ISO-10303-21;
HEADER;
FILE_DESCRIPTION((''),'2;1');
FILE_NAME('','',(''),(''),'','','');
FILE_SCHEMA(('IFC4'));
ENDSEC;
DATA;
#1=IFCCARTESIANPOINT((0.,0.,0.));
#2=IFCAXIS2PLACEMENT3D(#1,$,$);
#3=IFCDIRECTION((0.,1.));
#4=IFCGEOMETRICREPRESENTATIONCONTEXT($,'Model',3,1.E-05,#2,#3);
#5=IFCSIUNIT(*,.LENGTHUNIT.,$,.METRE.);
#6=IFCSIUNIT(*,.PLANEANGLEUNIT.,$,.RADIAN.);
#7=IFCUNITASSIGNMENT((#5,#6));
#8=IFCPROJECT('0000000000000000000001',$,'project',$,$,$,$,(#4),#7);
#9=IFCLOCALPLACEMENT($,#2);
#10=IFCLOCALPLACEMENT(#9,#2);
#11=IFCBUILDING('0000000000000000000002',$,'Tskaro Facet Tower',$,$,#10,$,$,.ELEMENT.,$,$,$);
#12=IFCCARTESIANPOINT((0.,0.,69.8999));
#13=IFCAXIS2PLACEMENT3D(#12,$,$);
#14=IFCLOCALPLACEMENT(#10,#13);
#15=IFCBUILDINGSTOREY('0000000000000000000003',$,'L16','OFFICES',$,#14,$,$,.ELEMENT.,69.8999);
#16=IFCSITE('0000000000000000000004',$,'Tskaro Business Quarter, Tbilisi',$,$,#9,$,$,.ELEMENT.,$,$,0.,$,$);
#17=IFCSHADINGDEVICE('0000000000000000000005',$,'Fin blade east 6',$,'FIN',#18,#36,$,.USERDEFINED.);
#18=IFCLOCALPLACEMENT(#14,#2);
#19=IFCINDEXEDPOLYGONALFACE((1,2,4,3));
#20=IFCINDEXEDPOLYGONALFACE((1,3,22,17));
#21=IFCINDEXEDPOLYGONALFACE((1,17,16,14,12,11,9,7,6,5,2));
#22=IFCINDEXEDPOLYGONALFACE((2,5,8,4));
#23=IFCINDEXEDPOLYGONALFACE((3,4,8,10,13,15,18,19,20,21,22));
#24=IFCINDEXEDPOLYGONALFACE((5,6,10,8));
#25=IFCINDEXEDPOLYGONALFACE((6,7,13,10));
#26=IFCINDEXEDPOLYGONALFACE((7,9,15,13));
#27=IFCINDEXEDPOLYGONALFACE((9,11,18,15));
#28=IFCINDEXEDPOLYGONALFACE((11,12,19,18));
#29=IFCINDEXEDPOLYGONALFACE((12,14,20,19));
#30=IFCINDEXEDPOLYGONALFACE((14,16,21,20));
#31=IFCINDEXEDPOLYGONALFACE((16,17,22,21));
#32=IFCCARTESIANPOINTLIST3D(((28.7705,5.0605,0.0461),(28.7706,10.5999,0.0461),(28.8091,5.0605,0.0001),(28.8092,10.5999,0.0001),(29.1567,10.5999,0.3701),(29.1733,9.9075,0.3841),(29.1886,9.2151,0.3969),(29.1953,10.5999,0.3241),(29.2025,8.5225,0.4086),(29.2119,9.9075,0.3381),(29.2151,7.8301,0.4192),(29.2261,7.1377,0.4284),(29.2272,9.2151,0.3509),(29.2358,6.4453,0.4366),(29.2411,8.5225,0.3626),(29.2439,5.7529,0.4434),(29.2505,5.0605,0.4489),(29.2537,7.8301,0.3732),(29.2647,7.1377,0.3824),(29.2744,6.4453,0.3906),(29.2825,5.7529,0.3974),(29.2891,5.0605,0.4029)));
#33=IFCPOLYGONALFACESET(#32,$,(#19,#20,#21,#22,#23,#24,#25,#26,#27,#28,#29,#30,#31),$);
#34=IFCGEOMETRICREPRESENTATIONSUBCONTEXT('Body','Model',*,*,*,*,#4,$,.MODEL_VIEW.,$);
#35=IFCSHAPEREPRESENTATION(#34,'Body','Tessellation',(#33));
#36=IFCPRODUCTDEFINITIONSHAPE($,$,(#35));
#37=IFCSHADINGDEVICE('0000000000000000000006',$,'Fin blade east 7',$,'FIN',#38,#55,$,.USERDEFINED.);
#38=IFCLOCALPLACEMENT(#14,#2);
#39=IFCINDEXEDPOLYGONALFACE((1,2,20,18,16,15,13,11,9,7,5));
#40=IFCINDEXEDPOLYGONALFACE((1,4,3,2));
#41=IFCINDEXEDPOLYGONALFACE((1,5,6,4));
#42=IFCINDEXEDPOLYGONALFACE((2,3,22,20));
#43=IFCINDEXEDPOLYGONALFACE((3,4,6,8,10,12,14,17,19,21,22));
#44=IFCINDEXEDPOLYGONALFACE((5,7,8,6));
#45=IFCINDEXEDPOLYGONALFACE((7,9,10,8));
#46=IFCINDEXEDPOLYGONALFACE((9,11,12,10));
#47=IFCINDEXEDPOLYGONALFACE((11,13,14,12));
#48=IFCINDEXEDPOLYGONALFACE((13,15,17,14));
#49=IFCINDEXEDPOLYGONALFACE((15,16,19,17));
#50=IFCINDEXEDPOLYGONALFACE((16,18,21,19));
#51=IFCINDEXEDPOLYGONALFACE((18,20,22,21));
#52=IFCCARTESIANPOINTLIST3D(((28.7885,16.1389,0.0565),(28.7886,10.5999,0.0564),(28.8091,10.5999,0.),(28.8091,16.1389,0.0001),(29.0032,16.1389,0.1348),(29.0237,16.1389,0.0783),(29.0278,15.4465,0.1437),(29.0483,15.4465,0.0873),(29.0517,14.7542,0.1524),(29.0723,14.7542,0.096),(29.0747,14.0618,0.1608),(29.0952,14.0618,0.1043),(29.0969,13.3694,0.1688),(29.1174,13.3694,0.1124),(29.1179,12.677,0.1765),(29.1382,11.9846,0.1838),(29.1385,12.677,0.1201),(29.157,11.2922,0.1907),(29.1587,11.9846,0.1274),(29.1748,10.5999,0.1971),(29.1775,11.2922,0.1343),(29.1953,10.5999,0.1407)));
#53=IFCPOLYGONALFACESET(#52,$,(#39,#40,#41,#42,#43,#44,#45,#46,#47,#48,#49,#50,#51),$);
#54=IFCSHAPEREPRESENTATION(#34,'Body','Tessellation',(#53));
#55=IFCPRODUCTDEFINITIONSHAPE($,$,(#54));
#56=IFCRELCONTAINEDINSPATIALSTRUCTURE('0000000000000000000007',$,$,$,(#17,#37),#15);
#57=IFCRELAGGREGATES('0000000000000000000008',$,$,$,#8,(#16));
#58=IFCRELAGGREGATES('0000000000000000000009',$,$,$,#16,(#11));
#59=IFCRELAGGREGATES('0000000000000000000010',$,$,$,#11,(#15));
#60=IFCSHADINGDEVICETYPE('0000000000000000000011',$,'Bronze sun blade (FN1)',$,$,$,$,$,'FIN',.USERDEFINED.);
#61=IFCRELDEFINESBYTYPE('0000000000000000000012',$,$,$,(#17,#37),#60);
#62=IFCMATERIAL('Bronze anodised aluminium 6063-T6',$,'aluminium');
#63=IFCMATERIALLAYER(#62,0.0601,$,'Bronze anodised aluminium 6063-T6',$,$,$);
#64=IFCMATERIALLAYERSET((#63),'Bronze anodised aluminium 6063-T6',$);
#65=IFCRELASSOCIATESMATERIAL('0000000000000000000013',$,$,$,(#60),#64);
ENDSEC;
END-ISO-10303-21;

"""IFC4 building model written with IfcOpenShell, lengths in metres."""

from ifc_helpers import new_model, si_unit, direction, frame, origin, place, context, subcontext, project, spatial, polyline, outline, extrude, material, layer, layer_set, type_object, element, save


model = new_model("IFC4")

# Units and contexts
model_context = context("Model", 3, precision=1e-05, world=origin(), true_north=direction((0.0, 1.0)))
body_context = subcontext(model_context, "Body", "Model", "MODEL_VIEW")
ifc_project = project(units=[si_unit("LENGTHUNIT", "METRE"), si_unit("PLANEANGLEUNIT", "RADIAN")], contexts=[model_context])

# Site, building, storey
site_placement = place(None, origin())
site = spatial("IfcSite", under=ifc_project, at=site_placement, Name="Tskaro Business Quarter, Tbilisi", CompositionType="ELEMENT", RefElevation=0.0)
building_placement = place(site_placement, origin())
building = spatial("IfcBuilding", under=site, at=building_placement, Name="Tskaro Facet Tower", CompositionType="ELEMENT")
storey_placement = place(building_placement, frame((0.0, 0.0, 69.8999)))
storey = spatial("IfcBuildingStorey", under=building, at=storey_placement, Name="L16", Description="OFFICES", CompositionType="ELEMENT", Elevation=69.8999)

# Shared definitions
ifc_material_1 = material(Name="Bronze anodised aluminium 6063-T6", Category="aluminium")

# Shading devices
ifc_layer_1 = layer(ifc_material_1, 0.0601, Name="Bronze anodised aluminium 6063-T6")
ifc_layer_set_1 = layer_set([ifc_layer_1], Name="Bronze anodised aluminium 6063-T6")
shading_device_type = type_object("IfcShadingDeviceType", Name="Bronze sun blade (FN1)", ElementType="FIN", PredefinedType="USERDEFINED", material=ifc_layer_set_1)
shading_device_1_placement = place(storey_placement, frame((28.7705, 5.0605, 0.0461), z_axis=(-0.642801, 0.000013, 0.766034), x_axis=(0.000008, 1.0, -0.00001)))
element("IfcShadingDevice", 1, at=shading_device_1_placement, inside=storey, type_object=shading_device_type, Name="Fin blade east 6", ObjectType="FIN", PredefinedType="USERDEFINED", context=body_context, shape_type="SweptSolid", body=[
    extrude(outline(polyline([(0.0, 0.0), (5.5393, 0.0), (5.5393, -0.5041), (4.8469, -0.5258), (4.1545, -0.5457), (3.4619, -0.5639), (2.7695, -0.5804), (2.0771, -0.5947), (1.3848, -0.6074), (0.6924, -0.618), (0.0, -0.6266), (0.0, 0.0)])), origin(), (0.0, 0.0, -1.0), 0.0601),
])
shading_device_2_placement = place(storey_placement, frame((28.7886, 10.5999, 0.0564), z_axis=(-0.342425, -0.000024, 0.939545), x_axis=(-0.000008, 1.0, 0.000023)))
element("IfcShadingDevice", 2, at=shading_device_2_placement, inside=storey, type_object=shading_device_type, Name="Fin blade east 7", ObjectType="FIN", PredefinedType="USERDEFINED", context=body_context, shape_type="SweptSolid", body=[
    extrude(outline(polyline([(0.0, 0.0), (5.5391, 0.0), (5.5391, -0.2285), (4.8467, -0.2546), (4.1543, -0.2801), (3.4619, -0.3045), (2.7695, -0.3282), (2.0771, -0.3506), (1.3848, -0.3721), (0.6924, -0.3921), (0.0, -0.411), (0.0, 0.0)])), origin(), (0.0, 0.0, -1.0), 0.0601),
])

save(model, "model.ifc")
